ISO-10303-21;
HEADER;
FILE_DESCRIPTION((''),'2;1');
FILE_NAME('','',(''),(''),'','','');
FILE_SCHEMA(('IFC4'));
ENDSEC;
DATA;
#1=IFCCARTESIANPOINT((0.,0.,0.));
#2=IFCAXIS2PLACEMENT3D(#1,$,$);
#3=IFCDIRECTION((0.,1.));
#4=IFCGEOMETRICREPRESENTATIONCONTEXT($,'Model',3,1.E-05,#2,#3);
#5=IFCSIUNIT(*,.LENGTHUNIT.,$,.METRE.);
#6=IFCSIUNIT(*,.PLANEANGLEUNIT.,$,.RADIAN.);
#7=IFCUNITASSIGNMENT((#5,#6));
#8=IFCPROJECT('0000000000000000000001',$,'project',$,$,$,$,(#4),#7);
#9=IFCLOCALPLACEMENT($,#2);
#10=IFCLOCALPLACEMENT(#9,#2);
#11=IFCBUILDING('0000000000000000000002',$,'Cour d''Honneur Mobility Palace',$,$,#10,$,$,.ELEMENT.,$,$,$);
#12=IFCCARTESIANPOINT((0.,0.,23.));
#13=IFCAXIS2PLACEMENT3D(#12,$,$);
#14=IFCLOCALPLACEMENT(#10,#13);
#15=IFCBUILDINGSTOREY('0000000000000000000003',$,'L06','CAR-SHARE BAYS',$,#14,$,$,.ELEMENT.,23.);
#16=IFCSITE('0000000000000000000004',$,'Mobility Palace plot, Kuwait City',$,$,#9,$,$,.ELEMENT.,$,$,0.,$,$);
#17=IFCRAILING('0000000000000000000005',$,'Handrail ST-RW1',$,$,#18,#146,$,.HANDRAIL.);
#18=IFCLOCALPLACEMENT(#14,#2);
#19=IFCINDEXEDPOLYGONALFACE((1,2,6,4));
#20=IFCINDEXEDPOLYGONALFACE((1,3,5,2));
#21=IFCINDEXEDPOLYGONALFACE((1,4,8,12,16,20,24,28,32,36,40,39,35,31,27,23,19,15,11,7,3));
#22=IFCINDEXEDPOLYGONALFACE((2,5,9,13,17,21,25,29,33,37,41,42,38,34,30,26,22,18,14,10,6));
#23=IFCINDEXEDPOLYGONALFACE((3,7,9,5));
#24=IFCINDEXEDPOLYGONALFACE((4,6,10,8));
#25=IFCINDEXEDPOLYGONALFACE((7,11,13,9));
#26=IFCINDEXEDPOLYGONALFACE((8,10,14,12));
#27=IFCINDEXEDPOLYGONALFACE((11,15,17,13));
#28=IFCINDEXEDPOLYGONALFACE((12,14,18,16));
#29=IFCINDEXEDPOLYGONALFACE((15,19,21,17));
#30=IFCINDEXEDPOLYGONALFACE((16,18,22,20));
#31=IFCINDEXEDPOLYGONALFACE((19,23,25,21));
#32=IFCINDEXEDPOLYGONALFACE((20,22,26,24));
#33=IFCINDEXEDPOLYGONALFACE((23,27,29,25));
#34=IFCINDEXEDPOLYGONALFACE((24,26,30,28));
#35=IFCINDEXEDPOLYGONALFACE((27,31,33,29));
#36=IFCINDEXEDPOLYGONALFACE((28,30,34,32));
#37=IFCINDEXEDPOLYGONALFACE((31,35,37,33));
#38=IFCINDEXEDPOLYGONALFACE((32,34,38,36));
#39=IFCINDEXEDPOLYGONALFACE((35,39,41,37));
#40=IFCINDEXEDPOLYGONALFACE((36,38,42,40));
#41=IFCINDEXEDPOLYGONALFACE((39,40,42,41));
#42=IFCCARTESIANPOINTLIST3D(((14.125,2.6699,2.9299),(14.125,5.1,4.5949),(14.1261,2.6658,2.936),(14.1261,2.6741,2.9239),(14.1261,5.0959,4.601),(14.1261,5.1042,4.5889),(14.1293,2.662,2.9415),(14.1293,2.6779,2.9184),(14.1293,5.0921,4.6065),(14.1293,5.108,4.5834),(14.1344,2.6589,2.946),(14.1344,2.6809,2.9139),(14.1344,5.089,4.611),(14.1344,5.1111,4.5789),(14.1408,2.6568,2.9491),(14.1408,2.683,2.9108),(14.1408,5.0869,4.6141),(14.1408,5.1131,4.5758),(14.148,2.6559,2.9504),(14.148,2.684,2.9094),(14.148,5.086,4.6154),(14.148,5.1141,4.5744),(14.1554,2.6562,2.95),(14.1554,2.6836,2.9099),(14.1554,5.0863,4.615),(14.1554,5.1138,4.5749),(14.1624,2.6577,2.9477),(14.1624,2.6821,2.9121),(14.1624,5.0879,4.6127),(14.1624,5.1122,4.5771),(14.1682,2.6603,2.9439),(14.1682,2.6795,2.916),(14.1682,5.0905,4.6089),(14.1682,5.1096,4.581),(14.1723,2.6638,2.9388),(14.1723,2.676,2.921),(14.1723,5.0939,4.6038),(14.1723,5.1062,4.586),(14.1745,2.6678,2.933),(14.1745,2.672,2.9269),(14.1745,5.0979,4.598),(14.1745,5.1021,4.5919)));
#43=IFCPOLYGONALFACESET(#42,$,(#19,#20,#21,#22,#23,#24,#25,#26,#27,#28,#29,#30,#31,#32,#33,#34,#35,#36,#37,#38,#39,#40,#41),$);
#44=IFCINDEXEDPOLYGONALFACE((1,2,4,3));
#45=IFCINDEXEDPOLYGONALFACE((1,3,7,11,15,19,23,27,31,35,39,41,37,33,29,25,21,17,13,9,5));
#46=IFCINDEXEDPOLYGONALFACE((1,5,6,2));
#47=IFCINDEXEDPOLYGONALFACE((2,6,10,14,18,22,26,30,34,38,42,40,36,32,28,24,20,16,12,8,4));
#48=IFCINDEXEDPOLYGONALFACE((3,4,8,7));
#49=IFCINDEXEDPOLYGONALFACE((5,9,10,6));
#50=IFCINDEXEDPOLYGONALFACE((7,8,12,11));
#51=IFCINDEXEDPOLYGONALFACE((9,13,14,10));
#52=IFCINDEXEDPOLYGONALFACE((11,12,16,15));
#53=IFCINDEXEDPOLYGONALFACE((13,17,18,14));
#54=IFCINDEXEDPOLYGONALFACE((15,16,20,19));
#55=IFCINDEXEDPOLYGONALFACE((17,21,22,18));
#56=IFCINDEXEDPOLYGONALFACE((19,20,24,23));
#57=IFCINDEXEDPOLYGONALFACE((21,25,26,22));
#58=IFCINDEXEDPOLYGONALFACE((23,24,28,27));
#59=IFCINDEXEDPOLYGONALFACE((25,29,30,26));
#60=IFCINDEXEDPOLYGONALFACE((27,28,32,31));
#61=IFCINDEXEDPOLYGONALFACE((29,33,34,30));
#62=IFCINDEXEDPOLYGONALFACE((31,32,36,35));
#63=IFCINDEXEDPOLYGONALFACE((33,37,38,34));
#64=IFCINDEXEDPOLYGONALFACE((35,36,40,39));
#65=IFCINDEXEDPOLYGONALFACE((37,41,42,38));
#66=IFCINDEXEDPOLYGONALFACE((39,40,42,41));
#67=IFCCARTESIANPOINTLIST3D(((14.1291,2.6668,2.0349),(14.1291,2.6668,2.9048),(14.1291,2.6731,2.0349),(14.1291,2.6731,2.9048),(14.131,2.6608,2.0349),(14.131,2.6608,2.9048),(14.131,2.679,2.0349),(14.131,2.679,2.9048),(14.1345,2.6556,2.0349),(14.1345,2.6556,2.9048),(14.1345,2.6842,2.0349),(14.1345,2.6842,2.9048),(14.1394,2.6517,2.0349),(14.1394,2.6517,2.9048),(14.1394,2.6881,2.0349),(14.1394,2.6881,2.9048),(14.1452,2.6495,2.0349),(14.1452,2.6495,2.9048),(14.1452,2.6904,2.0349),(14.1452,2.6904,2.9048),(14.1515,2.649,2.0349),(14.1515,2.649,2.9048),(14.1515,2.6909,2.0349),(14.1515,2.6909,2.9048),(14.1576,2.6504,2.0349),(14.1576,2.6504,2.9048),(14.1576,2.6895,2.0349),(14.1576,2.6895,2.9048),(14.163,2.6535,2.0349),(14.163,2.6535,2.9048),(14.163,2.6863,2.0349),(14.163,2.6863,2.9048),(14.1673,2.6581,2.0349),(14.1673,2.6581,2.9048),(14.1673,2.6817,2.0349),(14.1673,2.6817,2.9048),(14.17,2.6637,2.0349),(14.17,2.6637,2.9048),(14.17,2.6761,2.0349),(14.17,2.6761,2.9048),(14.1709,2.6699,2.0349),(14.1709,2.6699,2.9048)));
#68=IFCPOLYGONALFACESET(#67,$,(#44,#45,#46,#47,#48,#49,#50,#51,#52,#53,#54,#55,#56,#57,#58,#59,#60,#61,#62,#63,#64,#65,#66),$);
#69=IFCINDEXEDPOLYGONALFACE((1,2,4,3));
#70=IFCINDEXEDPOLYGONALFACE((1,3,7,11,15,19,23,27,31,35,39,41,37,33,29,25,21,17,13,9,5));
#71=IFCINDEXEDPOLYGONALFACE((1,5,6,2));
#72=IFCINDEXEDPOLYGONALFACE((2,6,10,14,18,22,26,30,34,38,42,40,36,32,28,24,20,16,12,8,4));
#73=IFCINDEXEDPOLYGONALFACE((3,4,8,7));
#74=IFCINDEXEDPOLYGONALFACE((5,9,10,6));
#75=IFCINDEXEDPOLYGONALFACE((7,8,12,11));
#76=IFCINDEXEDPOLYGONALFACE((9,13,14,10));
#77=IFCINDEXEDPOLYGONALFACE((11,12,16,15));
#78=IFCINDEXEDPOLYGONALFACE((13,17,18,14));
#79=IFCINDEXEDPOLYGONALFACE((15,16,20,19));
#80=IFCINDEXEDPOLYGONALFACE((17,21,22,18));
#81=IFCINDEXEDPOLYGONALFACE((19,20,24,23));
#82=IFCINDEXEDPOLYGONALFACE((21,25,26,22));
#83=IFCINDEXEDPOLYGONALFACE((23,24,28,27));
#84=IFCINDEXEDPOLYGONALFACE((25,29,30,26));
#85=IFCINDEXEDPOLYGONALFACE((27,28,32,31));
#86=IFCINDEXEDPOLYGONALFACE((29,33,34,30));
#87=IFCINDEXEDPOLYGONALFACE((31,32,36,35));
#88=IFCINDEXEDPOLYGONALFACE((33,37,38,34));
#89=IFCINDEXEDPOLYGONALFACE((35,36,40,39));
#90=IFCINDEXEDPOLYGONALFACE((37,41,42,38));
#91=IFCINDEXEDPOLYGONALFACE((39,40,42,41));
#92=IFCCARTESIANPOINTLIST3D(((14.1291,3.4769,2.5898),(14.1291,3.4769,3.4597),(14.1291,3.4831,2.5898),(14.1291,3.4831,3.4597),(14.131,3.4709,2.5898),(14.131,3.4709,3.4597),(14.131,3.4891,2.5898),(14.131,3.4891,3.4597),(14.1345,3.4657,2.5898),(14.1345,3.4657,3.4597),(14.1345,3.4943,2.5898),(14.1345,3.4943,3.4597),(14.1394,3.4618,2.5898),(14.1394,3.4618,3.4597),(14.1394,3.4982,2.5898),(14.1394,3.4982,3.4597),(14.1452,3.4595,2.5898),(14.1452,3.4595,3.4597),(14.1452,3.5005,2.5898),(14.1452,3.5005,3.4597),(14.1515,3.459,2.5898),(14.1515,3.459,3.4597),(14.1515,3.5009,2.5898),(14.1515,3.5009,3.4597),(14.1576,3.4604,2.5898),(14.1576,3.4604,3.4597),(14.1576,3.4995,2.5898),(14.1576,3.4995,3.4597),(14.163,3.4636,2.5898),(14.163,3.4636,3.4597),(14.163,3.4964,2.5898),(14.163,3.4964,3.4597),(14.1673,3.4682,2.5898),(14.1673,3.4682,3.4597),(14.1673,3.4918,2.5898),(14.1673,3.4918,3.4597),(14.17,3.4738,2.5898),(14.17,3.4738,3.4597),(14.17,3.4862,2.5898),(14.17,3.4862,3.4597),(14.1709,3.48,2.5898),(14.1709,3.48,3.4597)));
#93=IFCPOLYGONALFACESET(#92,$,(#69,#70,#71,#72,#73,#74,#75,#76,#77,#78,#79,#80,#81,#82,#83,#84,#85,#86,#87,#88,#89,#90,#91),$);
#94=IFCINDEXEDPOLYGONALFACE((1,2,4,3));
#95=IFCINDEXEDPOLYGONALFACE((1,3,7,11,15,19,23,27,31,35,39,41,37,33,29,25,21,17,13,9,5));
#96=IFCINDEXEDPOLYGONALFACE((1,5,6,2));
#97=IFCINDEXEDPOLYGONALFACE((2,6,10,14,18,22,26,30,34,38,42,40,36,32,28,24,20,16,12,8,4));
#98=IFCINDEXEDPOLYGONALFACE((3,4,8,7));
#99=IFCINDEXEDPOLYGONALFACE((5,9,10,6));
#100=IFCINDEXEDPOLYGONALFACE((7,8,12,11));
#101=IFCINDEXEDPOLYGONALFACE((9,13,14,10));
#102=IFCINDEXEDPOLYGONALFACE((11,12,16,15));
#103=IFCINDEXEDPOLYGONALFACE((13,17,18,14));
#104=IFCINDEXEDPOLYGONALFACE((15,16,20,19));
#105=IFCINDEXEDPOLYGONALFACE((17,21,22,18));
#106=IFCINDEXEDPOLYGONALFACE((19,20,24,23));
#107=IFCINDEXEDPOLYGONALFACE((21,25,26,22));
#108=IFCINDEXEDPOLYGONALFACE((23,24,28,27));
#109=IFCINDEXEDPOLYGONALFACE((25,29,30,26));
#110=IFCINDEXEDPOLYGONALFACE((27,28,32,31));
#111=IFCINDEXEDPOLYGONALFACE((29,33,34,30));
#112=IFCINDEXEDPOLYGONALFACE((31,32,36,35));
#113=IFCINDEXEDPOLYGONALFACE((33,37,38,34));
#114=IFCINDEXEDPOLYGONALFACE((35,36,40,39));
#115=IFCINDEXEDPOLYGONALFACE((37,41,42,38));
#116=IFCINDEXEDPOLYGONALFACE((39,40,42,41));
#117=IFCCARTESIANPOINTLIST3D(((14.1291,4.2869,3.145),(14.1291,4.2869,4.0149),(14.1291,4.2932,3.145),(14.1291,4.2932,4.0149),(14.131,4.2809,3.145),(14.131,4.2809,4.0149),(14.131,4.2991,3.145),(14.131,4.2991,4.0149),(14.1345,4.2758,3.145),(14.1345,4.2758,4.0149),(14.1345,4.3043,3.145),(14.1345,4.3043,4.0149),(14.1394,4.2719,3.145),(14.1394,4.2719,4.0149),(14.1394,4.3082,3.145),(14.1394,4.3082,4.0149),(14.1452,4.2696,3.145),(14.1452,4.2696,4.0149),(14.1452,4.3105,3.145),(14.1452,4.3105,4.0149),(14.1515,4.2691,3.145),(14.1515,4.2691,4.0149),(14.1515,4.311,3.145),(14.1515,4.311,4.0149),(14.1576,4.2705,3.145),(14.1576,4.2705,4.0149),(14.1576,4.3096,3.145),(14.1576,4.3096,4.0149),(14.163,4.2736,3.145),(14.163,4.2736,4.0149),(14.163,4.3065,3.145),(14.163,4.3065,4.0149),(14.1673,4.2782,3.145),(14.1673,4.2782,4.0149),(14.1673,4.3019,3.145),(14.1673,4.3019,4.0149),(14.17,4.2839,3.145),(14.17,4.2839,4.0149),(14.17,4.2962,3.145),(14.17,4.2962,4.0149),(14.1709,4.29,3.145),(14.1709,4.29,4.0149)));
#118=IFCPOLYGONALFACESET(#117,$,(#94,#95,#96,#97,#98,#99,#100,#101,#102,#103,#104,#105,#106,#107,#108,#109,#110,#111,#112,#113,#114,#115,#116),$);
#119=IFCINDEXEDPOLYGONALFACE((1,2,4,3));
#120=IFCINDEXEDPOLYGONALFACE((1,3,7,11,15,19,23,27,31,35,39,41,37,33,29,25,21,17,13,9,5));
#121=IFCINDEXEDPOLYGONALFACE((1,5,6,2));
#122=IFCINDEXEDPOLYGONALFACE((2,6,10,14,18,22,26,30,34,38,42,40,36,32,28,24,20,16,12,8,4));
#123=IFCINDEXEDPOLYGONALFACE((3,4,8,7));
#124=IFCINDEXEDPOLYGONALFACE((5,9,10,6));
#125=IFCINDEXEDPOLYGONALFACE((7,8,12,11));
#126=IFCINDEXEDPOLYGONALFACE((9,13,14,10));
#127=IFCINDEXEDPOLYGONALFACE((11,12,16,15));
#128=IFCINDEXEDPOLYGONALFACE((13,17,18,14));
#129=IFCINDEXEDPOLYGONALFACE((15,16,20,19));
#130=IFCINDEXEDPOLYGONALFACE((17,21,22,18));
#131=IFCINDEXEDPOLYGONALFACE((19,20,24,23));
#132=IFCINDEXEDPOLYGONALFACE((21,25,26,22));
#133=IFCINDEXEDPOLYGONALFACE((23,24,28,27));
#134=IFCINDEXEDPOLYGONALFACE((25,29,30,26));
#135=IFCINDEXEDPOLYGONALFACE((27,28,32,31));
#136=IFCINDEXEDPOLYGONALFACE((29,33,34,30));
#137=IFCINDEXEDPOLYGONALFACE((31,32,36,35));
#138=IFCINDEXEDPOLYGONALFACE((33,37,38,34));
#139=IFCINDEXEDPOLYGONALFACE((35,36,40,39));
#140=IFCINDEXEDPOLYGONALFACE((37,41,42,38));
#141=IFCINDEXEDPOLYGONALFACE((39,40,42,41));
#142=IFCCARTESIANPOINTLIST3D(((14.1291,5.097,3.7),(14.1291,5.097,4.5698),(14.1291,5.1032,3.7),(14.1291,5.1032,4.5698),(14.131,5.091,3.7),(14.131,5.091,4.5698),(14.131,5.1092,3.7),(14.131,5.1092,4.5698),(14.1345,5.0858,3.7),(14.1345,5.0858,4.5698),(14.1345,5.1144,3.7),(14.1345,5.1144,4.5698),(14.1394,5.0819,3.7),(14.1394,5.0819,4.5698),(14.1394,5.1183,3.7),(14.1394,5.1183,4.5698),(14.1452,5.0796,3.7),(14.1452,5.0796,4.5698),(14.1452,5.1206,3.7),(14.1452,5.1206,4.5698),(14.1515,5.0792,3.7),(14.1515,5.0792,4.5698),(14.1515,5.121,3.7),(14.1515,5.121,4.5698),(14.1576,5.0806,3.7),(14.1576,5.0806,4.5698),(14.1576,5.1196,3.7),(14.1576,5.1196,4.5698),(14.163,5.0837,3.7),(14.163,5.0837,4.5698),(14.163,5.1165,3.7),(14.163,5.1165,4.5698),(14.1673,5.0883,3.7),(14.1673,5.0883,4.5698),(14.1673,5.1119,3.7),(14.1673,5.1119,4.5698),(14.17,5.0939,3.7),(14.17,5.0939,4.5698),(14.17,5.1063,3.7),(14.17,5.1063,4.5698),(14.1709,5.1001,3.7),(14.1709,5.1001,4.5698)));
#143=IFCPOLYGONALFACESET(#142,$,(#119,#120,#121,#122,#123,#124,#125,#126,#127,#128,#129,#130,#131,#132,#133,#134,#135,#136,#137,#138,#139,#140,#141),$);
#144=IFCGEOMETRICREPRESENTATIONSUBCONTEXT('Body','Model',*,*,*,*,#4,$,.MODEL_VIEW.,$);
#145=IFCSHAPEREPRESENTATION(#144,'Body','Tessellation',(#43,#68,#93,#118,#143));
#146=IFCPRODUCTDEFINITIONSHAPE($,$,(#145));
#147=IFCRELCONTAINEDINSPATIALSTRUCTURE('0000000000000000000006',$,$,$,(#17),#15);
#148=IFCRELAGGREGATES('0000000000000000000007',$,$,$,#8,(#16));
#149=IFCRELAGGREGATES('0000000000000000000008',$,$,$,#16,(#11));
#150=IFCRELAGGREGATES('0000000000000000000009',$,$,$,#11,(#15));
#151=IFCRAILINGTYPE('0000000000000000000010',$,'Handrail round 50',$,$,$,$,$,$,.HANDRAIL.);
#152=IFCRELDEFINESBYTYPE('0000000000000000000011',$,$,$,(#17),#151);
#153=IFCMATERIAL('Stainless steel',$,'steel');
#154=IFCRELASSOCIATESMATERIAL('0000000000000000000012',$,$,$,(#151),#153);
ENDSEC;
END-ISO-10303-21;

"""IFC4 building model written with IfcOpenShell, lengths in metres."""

from ifc_helpers import new_model, si_unit, direction, frame, origin, origin_2d, place, context, subcontext, project, spatial, circle, extrude, material, type_object, element, save


model = new_model("IFC4")

# Units and contexts
model_context = context("Model", 3, precision=1e-05, world=origin(), true_north=direction((0.0, 1.0)))
body_context = subcontext(model_context, "Body", "Model", "MODEL_VIEW")
ifc_project = project(units=[si_unit("LENGTHUNIT", "METRE"), si_unit("PLANEANGLEUNIT", "RADIAN")], contexts=[model_context])

# Site, building, storey
site_placement = place(None, origin())
site = spatial("IfcSite", under=ifc_project, at=site_placement, Name="Mobility Palace plot, Kuwait City", CompositionType="ELEMENT", RefElevation=0.0)
building_placement = place(site_placement, origin())
building = spatial("IfcBuilding", under=site, at=building_placement, Name="Cour d'Honneur Mobility Palace", CompositionType="ELEMENT")
storey_placement = place(building_placement, frame((0.0, 0.0, 23.0)))
storey = spatial("IfcBuildingStorey", under=building, at=storey_placement, Name="L06", Description="CAR-SHARE BAYS", CompositionType="ELEMENT", Elevation=23.0)

# Railing
ifc_material_1 = material(Name="Stainless steel", Category="steel")
railing_type_1 = type_object("IfcRailingType", Name="Handrail round 50", PredefinedType="HANDRAIL", material=ifc_material_1)
for number, where, name in (
    (1, (14.1499, 2.6699, 2.0349), "Handrail ST-RW1"),
):
    element("IfcRailing", number, at=place(storey_placement, frame(where)), inside=storey, type_object=railing_type_1, Name=name, PredefinedType="HANDRAIL", context=body_context, shape_type="SweptSolid", body=[
        extrude(circle(Radius=0.0249, at=origin_2d()), frame((0.0, 0.0, 0.895), z_axis=(0.0, 0.824945, 0.565213), x_axis=(-1.0, 0.0, 0.0)), (0.0, 0.0, 1.0), 2.9458),
        extrude(circle(Radius=0.021, at=origin_2d()), origin(), (0.0, 0.0, 1.0), 0.8699),
        extrude(circle(Radius=0.021, at=origin_2d()), frame((0.0, 0.8101, 0.5549)), (0.0, 0.0, 1.0), 0.8699),
        extrude(circle(Radius=0.021, at=origin_2d()), frame((0.0, 1.6201, 1.1101)), (0.0, 0.0, 1.0), 0.8699),
        extrude(circle(Radius=0.021, at=origin_2d()), frame((0.0, 2.4302, 1.665)), (0.0, 0.0, 1.0), 0.8699),
    ])

save(model, "model.ifc")
